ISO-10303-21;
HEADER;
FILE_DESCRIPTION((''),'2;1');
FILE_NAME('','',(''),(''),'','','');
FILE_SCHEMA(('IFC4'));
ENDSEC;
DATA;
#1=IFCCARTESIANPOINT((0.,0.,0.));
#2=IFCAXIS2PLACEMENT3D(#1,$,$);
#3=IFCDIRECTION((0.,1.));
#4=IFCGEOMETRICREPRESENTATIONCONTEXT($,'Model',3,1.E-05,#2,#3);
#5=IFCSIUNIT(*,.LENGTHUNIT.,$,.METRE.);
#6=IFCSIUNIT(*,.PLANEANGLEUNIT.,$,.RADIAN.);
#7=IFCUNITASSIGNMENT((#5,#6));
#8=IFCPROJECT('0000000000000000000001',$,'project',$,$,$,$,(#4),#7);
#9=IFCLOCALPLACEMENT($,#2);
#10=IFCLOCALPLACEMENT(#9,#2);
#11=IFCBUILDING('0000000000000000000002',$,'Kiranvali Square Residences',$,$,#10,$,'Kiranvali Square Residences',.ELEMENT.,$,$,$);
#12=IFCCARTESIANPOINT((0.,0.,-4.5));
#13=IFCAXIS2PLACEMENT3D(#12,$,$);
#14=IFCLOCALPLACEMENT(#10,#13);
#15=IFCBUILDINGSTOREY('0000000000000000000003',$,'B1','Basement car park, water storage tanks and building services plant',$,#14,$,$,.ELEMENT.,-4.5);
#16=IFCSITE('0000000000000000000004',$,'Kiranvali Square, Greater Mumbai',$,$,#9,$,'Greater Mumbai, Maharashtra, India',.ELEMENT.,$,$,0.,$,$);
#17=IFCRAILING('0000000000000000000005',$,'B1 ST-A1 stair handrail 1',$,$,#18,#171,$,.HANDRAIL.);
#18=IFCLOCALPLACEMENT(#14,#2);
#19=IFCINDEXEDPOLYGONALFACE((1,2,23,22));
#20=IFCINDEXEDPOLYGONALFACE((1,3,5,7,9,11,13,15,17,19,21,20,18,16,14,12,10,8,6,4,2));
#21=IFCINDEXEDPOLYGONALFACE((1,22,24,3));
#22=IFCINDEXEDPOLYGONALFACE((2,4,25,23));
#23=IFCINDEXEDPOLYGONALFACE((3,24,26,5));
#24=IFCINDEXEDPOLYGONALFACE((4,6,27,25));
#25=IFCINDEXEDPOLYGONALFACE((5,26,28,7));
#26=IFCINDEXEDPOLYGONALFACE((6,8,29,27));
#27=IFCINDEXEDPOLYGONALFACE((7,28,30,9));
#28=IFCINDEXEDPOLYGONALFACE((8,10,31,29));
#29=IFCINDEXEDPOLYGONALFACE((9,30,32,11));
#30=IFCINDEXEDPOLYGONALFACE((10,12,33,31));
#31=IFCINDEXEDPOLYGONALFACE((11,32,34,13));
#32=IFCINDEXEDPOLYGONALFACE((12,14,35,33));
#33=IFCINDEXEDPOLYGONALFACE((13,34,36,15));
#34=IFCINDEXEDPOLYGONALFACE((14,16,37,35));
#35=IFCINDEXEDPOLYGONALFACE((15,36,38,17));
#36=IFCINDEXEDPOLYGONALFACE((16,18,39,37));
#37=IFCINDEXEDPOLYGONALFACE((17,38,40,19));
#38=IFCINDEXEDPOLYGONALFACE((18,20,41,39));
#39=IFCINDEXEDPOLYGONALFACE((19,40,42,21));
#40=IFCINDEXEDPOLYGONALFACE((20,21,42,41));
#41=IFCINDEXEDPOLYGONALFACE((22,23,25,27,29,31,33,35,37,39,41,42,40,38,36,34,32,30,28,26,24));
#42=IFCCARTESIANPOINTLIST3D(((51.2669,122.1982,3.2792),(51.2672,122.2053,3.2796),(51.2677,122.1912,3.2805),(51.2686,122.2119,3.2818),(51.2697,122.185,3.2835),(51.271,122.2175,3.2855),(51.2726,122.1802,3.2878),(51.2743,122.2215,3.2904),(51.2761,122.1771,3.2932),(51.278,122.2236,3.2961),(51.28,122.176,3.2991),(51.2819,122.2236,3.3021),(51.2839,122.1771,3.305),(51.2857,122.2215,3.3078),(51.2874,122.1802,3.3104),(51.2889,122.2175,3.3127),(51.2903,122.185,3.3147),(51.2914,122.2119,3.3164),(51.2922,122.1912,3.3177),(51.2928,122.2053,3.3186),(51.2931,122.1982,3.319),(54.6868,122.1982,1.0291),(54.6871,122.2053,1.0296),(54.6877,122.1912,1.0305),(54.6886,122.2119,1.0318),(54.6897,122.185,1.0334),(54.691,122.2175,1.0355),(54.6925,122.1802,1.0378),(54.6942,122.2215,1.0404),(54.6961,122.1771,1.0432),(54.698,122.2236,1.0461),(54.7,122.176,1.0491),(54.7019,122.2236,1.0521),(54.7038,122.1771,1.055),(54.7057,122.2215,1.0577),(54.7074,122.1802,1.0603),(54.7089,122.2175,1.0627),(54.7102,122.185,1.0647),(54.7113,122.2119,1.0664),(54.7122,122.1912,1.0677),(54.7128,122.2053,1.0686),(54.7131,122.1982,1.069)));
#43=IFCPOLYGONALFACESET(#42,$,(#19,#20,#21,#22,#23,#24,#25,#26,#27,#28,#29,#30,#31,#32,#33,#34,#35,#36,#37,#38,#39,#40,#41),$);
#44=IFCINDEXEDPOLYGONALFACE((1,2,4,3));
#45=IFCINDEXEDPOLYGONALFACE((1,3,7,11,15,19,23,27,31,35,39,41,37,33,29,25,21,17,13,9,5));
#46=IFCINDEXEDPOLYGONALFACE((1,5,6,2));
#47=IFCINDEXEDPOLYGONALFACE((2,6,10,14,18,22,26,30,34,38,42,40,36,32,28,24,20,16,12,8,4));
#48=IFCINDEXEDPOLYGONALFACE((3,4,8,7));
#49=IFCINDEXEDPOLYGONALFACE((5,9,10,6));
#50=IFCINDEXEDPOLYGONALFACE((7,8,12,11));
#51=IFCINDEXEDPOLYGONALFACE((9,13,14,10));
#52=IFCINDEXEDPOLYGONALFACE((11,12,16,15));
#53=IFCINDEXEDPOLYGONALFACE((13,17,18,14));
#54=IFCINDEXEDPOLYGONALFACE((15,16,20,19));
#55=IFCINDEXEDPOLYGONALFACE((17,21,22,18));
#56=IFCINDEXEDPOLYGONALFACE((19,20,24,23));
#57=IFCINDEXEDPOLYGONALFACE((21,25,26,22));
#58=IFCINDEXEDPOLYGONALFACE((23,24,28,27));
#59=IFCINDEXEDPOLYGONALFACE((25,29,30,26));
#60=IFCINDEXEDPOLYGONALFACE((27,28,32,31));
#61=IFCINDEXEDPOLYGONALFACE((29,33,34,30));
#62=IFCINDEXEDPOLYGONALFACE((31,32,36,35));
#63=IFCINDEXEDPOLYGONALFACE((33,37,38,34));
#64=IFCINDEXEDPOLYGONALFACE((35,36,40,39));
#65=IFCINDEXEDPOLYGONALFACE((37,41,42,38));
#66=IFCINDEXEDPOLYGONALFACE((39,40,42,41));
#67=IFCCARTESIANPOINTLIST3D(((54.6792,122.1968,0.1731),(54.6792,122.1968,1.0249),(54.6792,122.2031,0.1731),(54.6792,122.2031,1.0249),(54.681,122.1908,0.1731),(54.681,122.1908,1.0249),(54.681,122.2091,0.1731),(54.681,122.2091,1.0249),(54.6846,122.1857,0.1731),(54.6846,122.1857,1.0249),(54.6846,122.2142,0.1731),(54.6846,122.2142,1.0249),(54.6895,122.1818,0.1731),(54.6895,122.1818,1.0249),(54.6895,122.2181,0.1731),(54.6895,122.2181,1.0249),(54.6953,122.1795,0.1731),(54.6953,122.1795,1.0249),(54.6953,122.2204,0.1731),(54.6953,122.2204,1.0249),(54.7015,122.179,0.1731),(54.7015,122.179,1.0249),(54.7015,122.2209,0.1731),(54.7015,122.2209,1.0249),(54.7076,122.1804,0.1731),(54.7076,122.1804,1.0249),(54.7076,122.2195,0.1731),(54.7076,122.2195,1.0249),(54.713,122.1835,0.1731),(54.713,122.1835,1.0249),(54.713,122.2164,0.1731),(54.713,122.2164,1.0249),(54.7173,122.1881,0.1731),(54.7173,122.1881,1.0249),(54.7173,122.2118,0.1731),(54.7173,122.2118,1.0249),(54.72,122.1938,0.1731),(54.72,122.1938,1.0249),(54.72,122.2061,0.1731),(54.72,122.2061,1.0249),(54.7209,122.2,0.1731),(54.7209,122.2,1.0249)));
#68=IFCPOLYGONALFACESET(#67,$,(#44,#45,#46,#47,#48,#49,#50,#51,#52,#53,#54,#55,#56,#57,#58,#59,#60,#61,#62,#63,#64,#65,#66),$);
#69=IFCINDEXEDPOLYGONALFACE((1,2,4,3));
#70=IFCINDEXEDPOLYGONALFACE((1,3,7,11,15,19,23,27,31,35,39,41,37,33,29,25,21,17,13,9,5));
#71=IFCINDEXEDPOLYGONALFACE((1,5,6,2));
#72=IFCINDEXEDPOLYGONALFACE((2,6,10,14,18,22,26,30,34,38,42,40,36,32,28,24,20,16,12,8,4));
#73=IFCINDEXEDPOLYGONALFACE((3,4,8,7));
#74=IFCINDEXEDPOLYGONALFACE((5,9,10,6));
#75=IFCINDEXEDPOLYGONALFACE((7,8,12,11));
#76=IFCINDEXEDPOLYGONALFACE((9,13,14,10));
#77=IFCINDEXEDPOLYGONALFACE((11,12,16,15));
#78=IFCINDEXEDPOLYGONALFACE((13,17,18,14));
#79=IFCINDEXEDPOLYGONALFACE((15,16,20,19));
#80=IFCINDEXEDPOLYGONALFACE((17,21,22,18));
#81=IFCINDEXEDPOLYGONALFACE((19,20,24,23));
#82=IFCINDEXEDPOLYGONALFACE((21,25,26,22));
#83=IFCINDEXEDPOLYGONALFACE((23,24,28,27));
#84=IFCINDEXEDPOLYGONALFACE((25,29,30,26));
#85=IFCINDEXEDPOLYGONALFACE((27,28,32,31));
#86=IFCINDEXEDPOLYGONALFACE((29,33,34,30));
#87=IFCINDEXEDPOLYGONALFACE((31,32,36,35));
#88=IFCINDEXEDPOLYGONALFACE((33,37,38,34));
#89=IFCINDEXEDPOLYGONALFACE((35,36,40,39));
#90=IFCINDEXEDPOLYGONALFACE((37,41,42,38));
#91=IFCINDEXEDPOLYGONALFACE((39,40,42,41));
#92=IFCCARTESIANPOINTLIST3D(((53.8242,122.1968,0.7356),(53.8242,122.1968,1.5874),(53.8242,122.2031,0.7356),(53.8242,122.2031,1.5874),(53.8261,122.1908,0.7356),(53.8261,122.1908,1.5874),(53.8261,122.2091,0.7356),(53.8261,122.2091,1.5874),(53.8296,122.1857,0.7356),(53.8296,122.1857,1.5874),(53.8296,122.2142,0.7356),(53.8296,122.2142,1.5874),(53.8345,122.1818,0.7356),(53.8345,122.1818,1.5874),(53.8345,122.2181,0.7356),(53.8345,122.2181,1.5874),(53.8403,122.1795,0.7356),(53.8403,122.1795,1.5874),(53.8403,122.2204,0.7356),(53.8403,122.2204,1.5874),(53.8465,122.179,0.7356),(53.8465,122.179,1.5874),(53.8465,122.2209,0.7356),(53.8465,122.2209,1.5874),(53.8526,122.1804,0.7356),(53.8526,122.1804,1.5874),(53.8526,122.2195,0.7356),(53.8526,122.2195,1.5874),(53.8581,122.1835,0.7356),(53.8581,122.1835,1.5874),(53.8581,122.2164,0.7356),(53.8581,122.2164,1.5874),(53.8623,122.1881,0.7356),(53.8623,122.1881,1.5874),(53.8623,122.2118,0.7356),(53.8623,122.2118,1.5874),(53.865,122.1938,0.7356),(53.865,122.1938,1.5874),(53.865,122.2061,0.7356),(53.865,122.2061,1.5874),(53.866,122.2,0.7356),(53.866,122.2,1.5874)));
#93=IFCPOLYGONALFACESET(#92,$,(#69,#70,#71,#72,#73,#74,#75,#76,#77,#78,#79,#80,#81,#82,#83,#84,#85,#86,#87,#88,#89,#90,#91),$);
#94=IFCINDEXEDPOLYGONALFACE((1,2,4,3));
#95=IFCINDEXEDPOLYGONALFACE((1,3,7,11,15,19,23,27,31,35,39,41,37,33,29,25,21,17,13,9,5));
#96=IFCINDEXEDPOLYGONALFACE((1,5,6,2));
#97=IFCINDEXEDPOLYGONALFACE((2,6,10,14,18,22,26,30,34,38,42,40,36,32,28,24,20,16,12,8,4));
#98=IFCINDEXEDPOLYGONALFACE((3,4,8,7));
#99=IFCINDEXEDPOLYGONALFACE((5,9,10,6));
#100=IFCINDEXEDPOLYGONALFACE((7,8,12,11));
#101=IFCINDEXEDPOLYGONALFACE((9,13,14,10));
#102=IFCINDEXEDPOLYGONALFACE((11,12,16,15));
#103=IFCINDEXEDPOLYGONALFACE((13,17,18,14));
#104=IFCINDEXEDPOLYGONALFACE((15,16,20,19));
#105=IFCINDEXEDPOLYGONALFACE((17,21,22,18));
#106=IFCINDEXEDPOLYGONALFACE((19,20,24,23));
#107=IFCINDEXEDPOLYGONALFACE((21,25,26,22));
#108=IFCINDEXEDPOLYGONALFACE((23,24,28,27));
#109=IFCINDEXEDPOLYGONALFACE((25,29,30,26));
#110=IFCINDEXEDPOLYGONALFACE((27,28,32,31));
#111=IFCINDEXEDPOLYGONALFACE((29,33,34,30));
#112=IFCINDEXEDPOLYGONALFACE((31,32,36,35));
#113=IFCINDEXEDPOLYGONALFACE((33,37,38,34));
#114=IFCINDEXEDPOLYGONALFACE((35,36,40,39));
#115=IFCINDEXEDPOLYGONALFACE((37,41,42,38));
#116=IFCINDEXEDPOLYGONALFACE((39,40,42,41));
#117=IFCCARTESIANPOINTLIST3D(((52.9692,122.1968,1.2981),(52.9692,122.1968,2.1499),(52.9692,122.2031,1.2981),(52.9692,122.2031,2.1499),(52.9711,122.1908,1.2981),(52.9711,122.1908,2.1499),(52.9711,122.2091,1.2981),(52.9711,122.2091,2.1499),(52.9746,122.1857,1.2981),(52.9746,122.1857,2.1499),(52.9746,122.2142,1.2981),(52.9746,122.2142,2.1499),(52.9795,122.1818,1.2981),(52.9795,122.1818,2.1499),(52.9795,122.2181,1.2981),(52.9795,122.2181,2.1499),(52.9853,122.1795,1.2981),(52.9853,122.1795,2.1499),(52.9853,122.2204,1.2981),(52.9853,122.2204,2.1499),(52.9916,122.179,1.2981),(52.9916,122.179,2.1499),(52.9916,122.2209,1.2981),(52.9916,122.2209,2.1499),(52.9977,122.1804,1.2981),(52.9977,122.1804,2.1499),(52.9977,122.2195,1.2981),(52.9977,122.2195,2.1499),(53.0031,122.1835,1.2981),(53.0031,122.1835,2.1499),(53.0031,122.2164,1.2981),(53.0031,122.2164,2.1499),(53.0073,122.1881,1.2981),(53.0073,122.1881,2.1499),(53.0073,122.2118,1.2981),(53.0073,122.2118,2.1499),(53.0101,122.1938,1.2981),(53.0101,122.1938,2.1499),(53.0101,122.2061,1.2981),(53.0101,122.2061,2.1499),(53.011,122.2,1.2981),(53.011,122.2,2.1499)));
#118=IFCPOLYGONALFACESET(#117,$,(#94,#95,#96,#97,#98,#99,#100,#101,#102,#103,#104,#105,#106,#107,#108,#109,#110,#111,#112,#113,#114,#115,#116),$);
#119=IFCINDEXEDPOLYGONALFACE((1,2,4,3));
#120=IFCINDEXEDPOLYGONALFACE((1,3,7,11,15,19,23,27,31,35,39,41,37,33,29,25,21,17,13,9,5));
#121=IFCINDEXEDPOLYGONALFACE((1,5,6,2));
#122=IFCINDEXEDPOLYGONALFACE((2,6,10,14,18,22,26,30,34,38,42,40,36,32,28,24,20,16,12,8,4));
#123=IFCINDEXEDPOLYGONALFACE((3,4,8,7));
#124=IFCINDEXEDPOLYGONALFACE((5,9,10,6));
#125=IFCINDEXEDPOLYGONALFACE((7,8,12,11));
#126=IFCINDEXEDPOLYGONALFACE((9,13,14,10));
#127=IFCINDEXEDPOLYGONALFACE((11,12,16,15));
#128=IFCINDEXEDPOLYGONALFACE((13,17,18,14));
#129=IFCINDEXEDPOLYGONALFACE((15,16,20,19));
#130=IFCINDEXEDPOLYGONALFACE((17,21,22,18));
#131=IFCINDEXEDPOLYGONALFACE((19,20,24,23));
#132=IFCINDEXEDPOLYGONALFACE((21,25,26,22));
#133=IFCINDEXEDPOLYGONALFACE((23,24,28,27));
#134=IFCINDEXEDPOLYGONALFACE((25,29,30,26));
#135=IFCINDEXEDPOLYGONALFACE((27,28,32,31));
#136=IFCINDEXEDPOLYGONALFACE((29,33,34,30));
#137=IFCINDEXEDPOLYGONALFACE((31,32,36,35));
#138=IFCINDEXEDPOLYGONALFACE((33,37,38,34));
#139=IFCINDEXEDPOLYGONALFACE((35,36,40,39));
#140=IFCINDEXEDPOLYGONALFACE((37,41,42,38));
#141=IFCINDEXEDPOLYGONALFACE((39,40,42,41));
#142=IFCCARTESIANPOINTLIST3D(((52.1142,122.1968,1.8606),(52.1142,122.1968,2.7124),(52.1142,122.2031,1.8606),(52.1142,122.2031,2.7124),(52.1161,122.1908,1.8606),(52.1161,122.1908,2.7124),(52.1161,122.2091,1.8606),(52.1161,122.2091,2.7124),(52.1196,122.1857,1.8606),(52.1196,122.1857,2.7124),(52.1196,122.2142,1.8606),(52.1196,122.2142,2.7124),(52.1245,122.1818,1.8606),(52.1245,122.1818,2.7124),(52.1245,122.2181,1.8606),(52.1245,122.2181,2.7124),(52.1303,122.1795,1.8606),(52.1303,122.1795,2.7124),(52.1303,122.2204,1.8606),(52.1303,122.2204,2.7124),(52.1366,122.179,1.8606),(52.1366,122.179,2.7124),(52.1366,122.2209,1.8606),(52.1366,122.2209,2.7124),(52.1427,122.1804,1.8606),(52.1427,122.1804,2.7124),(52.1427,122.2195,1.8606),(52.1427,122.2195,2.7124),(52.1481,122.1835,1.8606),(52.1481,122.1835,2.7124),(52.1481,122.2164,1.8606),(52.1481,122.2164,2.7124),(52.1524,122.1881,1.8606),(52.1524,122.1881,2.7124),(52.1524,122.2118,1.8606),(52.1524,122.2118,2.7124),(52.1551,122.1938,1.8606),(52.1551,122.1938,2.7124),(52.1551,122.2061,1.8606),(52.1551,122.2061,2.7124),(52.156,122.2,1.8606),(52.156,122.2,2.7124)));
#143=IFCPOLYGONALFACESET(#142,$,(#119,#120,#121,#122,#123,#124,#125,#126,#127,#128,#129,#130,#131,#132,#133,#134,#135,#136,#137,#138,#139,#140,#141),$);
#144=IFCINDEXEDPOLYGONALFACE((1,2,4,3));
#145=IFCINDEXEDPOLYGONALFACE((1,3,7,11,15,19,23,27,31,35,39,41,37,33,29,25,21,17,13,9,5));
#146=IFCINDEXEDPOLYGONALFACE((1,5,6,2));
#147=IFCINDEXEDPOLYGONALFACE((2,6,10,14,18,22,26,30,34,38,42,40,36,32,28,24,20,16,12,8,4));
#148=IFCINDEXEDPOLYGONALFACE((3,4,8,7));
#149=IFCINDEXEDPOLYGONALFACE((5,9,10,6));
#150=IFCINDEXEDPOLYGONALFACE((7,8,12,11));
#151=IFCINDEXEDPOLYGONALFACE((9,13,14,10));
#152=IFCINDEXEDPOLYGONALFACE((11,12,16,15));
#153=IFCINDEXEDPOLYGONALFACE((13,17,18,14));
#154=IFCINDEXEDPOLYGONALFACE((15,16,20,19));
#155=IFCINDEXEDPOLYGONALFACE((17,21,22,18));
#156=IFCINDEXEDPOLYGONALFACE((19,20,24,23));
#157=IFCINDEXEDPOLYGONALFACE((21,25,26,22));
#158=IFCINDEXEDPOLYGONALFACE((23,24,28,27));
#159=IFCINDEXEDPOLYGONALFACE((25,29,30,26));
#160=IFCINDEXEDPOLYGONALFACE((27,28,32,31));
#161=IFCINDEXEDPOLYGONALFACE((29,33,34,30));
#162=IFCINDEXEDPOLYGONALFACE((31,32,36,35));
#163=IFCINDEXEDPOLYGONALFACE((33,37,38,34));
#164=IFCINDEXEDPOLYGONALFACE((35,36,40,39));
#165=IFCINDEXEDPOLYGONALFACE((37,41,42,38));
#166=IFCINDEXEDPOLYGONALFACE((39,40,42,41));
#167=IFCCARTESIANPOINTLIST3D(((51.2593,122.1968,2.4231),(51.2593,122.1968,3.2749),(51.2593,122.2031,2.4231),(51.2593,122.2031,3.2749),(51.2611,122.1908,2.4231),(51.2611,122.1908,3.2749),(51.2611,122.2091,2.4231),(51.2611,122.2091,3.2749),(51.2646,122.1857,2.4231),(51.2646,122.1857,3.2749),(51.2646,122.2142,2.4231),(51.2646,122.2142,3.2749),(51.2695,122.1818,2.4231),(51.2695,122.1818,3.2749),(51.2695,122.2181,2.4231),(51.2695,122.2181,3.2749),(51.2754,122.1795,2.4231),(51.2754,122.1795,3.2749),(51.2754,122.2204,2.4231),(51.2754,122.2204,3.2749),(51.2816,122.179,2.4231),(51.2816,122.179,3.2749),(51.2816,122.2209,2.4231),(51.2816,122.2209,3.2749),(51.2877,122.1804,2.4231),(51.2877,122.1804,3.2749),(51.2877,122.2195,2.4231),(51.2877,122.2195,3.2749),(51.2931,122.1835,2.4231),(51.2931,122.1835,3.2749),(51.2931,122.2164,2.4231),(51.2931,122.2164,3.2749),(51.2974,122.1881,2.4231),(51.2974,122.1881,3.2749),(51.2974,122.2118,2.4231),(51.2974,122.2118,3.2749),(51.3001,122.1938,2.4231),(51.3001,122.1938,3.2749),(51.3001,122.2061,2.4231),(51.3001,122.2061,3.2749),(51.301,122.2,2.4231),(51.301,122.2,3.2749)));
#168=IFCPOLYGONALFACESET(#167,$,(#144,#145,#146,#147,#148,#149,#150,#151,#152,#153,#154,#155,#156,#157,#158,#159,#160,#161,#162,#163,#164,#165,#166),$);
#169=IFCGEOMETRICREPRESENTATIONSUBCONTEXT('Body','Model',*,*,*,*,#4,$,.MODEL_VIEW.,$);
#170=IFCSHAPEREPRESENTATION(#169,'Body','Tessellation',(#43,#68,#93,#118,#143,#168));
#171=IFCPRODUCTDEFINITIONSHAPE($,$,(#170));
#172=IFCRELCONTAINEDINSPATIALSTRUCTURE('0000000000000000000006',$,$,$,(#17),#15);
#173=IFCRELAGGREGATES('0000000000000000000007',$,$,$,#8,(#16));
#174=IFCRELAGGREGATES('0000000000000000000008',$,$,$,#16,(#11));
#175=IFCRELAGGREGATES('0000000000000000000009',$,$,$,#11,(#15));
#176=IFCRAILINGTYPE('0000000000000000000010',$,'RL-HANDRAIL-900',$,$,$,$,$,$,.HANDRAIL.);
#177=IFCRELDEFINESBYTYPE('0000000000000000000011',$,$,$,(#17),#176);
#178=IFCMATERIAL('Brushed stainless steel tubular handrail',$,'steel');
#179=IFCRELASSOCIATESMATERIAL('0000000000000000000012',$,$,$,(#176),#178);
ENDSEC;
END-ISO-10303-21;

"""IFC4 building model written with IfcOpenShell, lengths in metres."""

from ifc_helpers import new_model, si_unit, direction, frame, origin, origin_2d, place, context, subcontext, project, spatial, circle, extrude, material, type_object, element, save


model = new_model("IFC4")

# Units and contexts
model_context = context("Model", 3, precision=1e-05, world=origin(), true_north=direction((0.0, 1.0)))
body_context = subcontext(model_context, "Body", "Model", "MODEL_VIEW")
ifc_project = project(units=[si_unit("LENGTHUNIT", "METRE"), si_unit("PLANEANGLEUNIT", "RADIAN")], contexts=[model_context])

# Site, building, storey
site_placement = place(None, origin())
site = spatial("IfcSite", under=ifc_project, at=site_placement, Name="Kiranvali Square, Greater Mumbai", LongName="Greater Mumbai, Maharashtra, India", CompositionType="ELEMENT", RefElevation=0.0)
building_placement = place(site_placement, origin())
building = spatial("IfcBuilding", under=site, at=building_placement, Name="Kiranvali Square Residences", LongName="Kiranvali Square Residences", CompositionType="ELEMENT")
storey_placement = place(building_placement, frame((0.0, 0.0, -4.5)))
storey = spatial("IfcBuildingStorey", under=building, at=storey_placement, Name="B1", Description="Basement car park, water storage tanks and building services plant", CompositionType="ELEMENT", Elevation=-4.5)

# Railing
ifc_material_1 = material(Name="Brushed stainless steel tubular handrail", Category="steel")
railing_type_1 = type_object("IfcRailingType", Name="RL-HANDRAIL-900", PredefinedType="HANDRAIL", material=ifc_material_1)
railing_1_placement = place(storey_placement, frame((54.7, 122.2, 0.1731)))
element("IfcRailing", 1, at=railing_1_placement, inside=storey, type_object=railing_type_1, Name="B1 ST-A1 stair handrail 1", PredefinedType="HANDRAIL", context=body_context, shape_type="SweptSolid", body=[
    extrude(circle(Radius=0.0239, at=origin_2d()), frame((0.0, 0.0, 0.876), z_axis=(-0.835411, 0.0, 0.549625), x_axis=(0.0, -1.0, 0.0)), (0.0, 0.0, 1.0), 4.0938),
    extrude(circle(Radius=0.021, at=origin_2d()), origin(), (0.0, 0.0, 1.0), 0.8518),
    extrude(circle(Radius=0.021, at=origin_2d()), frame((-0.855, 0.0, 0.5625)), (0.0, 0.0, 1.0), 0.8518),
    extrude(circle(Radius=0.021, at=origin_2d()), frame((-1.71, 0.0, 1.125)), (0.0, 0.0, 1.0), 0.8518),
    extrude(circle(Radius=0.021, at=origin_2d()), frame((-2.5649, 0.0, 1.6875)), (0.0, 0.0, 1.0), 0.8518),
    extrude(circle(Radius=0.021, at=origin_2d()), frame((-3.4199, 0.0, 2.25)), (0.0, 0.0, 1.0), 0.8518),
])

save(model, "model.ifc")
